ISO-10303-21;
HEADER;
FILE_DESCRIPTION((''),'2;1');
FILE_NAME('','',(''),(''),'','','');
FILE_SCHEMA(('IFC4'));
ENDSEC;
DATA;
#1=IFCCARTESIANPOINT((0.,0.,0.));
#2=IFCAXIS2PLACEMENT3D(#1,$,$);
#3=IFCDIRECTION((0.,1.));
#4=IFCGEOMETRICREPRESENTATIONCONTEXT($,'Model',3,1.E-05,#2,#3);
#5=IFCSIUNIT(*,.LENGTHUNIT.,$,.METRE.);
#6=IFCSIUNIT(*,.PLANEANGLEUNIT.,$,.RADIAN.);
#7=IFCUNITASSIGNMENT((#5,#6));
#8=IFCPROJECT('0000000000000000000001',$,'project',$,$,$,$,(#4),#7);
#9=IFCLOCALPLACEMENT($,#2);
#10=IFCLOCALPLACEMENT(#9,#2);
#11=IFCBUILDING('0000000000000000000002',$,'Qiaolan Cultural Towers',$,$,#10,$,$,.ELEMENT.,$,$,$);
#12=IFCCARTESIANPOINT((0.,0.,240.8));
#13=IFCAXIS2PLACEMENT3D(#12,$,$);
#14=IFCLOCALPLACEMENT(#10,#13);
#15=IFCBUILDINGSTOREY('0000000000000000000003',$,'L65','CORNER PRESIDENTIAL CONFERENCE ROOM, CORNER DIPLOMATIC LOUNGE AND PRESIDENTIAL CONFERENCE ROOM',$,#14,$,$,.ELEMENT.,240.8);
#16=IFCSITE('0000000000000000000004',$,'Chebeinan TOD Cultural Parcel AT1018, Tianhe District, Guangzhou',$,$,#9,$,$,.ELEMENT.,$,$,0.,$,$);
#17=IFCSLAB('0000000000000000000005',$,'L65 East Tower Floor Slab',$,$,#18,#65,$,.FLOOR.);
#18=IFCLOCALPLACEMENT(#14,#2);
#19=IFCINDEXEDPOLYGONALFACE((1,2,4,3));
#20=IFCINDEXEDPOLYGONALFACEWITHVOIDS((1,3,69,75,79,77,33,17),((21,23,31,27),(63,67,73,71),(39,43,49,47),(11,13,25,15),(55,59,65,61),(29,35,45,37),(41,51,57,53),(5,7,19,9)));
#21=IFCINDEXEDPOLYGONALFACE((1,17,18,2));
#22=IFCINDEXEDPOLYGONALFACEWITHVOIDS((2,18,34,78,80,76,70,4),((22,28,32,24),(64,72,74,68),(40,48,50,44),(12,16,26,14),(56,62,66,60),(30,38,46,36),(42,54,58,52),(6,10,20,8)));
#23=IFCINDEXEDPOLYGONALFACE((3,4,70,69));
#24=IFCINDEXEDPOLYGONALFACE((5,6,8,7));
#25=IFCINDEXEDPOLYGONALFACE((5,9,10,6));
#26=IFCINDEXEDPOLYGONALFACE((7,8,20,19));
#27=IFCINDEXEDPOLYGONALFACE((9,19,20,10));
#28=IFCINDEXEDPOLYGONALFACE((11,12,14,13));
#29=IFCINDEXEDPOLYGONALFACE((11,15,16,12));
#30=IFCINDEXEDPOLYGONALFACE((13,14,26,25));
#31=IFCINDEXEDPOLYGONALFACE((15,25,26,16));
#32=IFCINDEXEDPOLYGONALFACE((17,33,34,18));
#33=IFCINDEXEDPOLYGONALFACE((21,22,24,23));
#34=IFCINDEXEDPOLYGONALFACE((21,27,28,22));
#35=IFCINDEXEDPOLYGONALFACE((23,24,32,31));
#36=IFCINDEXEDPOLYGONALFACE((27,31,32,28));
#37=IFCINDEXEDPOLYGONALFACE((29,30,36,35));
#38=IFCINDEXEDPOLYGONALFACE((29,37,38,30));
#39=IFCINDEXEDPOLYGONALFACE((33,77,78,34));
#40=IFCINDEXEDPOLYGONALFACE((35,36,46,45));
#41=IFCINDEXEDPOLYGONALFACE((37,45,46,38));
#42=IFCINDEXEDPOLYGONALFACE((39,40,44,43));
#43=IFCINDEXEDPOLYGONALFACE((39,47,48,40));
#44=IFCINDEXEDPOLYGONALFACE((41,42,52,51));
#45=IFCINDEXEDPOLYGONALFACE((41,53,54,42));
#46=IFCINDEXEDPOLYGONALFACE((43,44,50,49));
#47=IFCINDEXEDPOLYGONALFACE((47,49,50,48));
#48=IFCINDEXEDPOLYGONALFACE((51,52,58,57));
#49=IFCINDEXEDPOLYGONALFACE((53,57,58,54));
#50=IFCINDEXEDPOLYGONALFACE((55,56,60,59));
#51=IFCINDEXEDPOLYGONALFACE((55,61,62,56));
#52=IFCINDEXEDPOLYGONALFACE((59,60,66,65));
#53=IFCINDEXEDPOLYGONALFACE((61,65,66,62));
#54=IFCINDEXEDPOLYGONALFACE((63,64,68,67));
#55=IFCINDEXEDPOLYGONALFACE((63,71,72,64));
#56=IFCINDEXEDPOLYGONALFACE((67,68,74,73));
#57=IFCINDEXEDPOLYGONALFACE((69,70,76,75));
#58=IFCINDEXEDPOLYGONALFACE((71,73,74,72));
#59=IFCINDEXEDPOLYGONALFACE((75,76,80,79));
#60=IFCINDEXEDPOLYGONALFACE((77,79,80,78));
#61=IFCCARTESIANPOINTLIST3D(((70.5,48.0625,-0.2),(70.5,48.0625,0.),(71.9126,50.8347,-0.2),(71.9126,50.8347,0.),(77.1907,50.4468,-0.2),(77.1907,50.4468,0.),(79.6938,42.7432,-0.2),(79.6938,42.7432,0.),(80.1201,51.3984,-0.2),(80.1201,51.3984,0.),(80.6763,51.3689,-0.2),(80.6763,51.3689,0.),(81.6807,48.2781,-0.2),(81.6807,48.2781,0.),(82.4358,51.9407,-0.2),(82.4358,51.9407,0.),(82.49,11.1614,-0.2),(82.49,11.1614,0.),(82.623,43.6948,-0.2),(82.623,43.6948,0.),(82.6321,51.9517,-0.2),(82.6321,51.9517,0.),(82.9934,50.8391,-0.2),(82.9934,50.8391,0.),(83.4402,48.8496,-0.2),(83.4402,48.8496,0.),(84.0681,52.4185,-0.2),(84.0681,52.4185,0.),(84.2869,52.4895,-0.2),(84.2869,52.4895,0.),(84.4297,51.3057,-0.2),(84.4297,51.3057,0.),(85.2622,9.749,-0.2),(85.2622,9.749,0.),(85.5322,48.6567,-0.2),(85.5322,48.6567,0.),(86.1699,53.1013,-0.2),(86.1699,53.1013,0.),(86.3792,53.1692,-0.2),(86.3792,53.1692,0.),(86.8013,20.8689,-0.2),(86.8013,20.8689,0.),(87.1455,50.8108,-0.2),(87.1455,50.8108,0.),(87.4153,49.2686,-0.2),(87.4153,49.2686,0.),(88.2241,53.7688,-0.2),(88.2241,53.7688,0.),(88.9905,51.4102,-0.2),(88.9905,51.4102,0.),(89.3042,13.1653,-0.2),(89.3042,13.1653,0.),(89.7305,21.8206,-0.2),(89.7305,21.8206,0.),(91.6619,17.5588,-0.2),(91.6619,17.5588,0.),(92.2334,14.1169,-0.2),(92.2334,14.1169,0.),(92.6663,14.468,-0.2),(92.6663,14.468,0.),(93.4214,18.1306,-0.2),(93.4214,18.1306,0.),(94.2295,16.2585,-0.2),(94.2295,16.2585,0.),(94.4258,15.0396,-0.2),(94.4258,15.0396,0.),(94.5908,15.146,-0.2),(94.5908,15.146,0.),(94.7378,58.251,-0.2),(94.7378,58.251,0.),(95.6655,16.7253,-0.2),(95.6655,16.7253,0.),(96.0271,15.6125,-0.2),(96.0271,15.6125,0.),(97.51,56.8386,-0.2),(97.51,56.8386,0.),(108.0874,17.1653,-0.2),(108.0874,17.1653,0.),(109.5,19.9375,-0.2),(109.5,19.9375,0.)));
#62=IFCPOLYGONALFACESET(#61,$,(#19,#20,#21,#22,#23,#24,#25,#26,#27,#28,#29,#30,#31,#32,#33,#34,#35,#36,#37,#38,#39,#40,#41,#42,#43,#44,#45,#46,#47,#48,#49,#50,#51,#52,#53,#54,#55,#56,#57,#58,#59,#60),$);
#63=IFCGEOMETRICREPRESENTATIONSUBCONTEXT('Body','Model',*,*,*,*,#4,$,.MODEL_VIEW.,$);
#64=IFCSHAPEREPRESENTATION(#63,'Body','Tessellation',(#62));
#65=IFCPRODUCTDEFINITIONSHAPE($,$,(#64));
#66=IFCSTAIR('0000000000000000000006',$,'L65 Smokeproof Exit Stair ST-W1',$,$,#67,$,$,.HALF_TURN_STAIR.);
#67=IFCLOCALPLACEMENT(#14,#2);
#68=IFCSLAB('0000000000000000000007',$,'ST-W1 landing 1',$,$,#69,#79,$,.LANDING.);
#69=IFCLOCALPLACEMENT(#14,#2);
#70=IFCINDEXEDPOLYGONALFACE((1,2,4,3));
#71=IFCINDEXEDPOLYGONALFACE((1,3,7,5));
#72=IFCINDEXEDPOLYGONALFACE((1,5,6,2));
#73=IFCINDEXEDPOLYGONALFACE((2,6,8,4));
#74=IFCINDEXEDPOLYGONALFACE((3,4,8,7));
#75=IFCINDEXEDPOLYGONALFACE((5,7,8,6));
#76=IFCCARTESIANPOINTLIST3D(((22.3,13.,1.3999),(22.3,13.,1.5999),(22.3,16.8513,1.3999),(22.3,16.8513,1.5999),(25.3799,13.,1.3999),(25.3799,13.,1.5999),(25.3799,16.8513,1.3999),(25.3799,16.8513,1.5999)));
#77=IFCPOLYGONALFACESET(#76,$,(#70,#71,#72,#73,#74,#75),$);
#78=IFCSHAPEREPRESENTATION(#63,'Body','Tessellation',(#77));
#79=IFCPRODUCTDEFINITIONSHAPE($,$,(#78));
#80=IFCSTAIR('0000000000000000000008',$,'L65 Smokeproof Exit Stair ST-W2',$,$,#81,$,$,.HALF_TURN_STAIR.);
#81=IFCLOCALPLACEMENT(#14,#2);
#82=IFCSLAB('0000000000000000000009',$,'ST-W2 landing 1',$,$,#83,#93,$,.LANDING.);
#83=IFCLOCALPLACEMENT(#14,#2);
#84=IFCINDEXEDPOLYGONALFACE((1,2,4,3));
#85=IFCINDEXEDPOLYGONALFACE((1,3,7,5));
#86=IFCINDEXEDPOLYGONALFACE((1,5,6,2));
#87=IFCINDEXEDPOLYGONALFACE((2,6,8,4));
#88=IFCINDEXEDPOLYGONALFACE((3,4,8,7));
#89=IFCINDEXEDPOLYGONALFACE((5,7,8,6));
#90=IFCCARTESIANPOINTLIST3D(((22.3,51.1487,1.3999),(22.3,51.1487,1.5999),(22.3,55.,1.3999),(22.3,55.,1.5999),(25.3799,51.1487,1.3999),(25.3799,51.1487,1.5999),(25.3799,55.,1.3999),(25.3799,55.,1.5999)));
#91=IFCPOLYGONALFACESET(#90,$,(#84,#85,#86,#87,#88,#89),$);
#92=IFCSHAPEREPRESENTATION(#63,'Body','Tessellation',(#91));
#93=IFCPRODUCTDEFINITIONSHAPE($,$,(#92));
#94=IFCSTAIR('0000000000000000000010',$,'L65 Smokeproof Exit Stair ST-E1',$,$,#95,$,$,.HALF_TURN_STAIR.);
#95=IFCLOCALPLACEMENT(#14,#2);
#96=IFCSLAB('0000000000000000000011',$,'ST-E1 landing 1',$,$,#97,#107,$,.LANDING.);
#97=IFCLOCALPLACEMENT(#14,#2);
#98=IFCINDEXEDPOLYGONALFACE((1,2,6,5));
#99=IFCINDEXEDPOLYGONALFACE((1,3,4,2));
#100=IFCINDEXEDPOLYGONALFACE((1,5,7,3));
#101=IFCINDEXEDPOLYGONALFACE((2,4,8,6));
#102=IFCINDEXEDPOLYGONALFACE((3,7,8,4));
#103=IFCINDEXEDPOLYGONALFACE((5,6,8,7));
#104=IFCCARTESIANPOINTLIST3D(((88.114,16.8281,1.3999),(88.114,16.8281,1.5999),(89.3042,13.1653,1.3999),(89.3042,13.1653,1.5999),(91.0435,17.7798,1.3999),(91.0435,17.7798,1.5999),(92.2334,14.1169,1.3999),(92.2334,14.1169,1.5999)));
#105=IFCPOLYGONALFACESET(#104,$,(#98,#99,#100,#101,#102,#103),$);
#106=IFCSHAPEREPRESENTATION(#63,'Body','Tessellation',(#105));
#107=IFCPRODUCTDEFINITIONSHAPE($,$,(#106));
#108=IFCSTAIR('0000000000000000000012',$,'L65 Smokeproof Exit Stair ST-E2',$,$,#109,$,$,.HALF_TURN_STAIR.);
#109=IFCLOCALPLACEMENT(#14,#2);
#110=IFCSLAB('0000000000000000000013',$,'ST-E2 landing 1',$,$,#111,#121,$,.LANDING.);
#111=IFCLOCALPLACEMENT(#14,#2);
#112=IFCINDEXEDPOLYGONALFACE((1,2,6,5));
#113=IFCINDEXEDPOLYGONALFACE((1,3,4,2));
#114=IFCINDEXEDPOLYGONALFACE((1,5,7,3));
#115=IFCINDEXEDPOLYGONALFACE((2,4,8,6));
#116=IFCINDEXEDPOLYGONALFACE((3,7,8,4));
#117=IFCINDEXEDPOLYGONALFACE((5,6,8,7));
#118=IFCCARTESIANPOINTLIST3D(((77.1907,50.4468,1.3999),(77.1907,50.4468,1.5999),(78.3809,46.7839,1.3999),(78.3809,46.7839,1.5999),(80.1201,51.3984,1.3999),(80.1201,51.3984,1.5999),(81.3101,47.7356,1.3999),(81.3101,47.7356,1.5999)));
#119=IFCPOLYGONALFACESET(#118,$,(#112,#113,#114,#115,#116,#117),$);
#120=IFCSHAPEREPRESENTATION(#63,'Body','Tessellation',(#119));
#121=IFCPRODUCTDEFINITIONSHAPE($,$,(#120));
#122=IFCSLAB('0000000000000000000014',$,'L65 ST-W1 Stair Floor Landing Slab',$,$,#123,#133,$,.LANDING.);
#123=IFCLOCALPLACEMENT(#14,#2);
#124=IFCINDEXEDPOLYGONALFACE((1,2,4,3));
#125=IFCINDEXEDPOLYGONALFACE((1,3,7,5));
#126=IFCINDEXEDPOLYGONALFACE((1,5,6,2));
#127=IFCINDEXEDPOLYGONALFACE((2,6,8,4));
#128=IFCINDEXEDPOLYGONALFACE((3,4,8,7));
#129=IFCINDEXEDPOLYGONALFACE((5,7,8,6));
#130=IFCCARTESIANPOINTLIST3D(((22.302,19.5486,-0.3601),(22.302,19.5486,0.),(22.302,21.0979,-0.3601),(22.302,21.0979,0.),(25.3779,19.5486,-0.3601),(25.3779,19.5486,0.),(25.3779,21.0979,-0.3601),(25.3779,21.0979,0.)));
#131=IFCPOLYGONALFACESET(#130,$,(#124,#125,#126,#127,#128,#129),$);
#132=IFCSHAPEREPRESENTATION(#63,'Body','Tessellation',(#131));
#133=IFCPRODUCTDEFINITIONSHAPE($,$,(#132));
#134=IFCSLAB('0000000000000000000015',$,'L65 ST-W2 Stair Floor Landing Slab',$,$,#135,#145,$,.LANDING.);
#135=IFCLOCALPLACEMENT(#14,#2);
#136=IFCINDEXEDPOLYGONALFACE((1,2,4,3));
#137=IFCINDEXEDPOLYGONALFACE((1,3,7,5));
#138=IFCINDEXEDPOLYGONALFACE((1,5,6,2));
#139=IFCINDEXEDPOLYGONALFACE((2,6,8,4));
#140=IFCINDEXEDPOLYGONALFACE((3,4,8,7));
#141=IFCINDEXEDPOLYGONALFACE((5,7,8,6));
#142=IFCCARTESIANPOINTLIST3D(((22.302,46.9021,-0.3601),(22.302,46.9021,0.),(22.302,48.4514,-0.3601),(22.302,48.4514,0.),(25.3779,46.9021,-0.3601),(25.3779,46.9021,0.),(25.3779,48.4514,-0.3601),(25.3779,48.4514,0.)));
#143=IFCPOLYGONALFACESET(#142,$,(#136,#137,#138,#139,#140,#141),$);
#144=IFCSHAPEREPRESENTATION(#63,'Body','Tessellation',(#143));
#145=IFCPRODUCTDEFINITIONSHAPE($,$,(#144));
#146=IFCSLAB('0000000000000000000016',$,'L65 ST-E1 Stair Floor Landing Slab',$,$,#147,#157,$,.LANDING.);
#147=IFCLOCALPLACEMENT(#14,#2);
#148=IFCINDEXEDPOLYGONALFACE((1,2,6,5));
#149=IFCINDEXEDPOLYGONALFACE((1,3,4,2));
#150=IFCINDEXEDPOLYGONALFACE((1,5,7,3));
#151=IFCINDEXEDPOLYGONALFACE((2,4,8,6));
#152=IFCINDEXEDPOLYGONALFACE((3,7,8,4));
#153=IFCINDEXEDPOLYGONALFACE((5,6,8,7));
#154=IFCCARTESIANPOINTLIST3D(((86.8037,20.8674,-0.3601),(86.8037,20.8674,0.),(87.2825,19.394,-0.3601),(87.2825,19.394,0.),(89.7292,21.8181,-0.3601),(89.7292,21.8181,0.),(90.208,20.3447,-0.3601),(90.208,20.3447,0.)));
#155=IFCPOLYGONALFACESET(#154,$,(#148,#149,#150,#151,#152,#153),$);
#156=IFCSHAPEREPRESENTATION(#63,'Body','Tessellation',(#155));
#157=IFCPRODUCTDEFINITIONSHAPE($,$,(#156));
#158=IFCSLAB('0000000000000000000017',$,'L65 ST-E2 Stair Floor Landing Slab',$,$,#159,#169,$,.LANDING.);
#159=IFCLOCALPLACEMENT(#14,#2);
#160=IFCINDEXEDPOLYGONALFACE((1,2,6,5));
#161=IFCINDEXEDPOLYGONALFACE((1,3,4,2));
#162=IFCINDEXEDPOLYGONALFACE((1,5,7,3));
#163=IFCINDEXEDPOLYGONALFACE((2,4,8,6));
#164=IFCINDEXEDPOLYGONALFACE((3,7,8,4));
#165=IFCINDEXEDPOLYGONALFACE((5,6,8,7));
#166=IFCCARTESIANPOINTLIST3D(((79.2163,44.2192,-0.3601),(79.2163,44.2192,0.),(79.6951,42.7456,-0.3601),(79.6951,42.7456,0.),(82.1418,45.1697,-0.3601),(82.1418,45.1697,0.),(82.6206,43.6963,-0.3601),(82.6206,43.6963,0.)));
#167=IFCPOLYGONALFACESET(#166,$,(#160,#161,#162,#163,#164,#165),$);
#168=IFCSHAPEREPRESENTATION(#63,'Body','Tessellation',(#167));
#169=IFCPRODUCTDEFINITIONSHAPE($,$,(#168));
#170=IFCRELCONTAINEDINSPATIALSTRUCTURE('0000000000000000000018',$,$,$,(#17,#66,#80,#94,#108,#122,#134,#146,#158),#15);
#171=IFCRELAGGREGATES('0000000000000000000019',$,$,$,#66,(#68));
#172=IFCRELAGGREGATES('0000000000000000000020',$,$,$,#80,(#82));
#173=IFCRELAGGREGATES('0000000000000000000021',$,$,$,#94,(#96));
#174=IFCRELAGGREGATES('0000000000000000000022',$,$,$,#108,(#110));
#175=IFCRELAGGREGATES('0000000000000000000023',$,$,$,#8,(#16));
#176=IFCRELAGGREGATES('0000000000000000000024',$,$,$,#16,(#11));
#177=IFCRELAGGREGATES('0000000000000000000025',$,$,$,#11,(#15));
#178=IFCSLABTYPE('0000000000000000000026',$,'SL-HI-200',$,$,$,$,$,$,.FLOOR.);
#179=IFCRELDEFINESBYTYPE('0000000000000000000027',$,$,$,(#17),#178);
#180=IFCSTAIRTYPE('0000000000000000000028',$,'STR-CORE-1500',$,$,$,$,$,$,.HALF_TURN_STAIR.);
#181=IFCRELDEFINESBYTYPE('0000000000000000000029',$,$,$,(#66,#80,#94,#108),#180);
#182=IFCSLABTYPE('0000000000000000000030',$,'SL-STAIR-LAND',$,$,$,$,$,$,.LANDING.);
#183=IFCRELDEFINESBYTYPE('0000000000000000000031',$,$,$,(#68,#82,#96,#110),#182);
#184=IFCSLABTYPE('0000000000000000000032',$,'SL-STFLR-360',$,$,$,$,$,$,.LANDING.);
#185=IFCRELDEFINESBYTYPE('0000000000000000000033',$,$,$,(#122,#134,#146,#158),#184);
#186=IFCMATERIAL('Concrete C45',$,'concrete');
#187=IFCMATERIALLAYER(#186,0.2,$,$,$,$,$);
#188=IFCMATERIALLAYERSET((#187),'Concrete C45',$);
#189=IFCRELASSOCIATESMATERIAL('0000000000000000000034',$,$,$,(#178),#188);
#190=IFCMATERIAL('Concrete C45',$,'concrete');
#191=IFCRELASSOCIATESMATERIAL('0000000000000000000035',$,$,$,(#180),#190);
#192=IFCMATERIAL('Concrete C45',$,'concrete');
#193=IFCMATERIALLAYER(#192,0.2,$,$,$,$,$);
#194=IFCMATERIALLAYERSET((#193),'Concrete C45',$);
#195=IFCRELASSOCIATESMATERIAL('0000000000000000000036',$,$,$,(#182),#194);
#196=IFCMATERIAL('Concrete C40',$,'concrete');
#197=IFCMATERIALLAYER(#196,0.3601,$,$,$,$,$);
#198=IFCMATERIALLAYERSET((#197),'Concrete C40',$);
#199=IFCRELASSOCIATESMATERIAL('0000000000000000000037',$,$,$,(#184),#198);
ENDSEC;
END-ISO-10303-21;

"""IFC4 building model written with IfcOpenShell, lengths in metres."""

from ifc_helpers import new_model, si_unit, direction, frame, origin, place, context, subcontext, project, spatial, polyline, outline, extrude, material, layer, layer_set, type_object, element, aggregate, save


model = new_model("IFC4")

# Units and contexts
model_context = context("Model", 3, precision=1e-05, world=origin(), true_north=direction((0.0, 1.0)))
body_context = subcontext(model_context, "Body", "Model", "MODEL_VIEW")
ifc_project = project(units=[si_unit("LENGTHUNIT", "METRE"), si_unit("PLANEANGLEUNIT", "RADIAN")], contexts=[model_context])

# Site, building, storey
site_placement = place(None, origin())
site = spatial("IfcSite", under=ifc_project, at=site_placement, Name="Chebeinan TOD Cultural Parcel AT1018, Tianhe District, Guangzhou", CompositionType="ELEMENT", RefElevation=0.0)
building_placement = place(site_placement, origin())
building = spatial("IfcBuilding", under=site, at=building_placement, Name="Qiaolan Cultural Towers", CompositionType="ELEMENT")
storey_placement = place(building_placement, frame((0.0, 0.0, 240.8)))
storey = spatial("IfcBuildingStorey", under=building, at=storey_placement, Name="L65", Description="CORNER PRESIDENTIAL CONFERENCE ROOM, CORNER DIPLOMATIC LOUNGE AND PRESIDENTIAL CONFERENCE ROOM", CompositionType="ELEMENT", Elevation=240.8)

# Slab
ifc_material_1 = material(Name="Concrete C45", Category="concrete")
ifc_layer_1 = layer(ifc_material_1, 0.2)
ifc_layer_set_1 = layer_set([ifc_layer_1], Name="Concrete C45")
slab_type_1 = type_object("IfcSlabType", Name="SL-HI-200", PredefinedType="FLOOR", material=ifc_layer_set_1)
slab_1_placement = place(storey_placement, frame((0.0, 0.0, -0.2)))
element("IfcSlab", 1, at=slab_1_placement, inside=storey, type_object=slab_type_1, Name="L65 East Tower Floor Slab", PredefinedType="FLOOR", context=body_context, shape_type="SweptSolid", body=[
    extrude(outline(polyline([(85.2622, 9.749), (108.0874, 17.1653), (109.5, 19.9375), (97.51, 56.8386), (94.7378, 58.251), (71.9126, 50.8347), (70.5, 48.0625), (82.49, 11.1614), (85.2622, 9.749)]), holes=[polyline([(86.8013, 20.8689), (89.3042, 13.1653), (92.2334, 14.1169), (89.7305, 21.8206), (86.8013, 20.8689)]), polyline([(82.623, 43.6948), (80.1201, 51.3984), (77.1907, 50.4468), (79.6938, 42.7432), (82.623, 43.6948)]), polyline([(92.6663, 14.468), (94.4258, 15.0396), (93.4214, 18.1306), (91.6619, 17.5588), (92.6663, 14.468)]), polyline([(94.5908, 15.146), (96.0271, 15.6125), (95.6655, 16.7253), (94.2295, 16.2585), (94.5908, 15.146)]), polyline([(81.6807, 48.2781), (83.4402, 48.8496), (82.4358, 51.9407), (80.6763, 51.3689), (81.6807, 48.2781)]), polyline([(82.9934, 50.8391), (84.4297, 51.3057), (84.0681, 52.4185), (82.6321, 51.9517), (82.9934, 50.8391)]), polyline([(87.1455, 50.8108), (88.9905, 51.4102), (88.2241, 53.7688), (86.3792, 53.1692), (87.1455, 50.8108)]), polyline([(85.5322, 48.6567), (87.4153, 49.2686), (86.1699, 53.1013), (84.2869, 52.4895), (85.5322, 48.6567)])]), origin(), (0.0, 0.0, 1.0), 0.2),
])

# Stairs, slabs
ifc_material_2 = material(Name="Concrete C45", Category="concrete")
stair_type = type_object("IfcStairType", Name="STR-CORE-1500", PredefinedType="HALF_TURN_STAIR", material=ifc_material_2)
stair_1_placement = place(storey_placement, origin())
stair_1 = element("IfcStair", 2, at=stair_1_placement, inside=storey, type_object=stair_type, Name="L65 Smokeproof Exit Stair ST-W1", PredefinedType="HALF_TURN_STAIR")
ifc_material_3 = material(Name="Concrete C45", Category="concrete")
ifc_layer_2 = layer(ifc_material_3, 0.2)
ifc_layer_set_2 = layer_set([ifc_layer_2], Name="Concrete C45")
slab_type_2 = type_object("IfcSlabType", Name="SL-STAIR-LAND", PredefinedType="LANDING", material=ifc_layer_set_2)
slab_2_placement = place(storey_placement, frame((0.0, 0.0, 1.3999)))
slab_2 = element("IfcSlab", 3, at=slab_2_placement, type_object=slab_type_2, Name="ST-W1 landing 1", PredefinedType="LANDING", context=body_context, shape_type="SweptSolid", body=[
    extrude(outline(polyline([(22.3, 16.8513), (22.3, 13.0), (25.3799, 13.0), (25.3799, 16.8513), (22.3, 16.8513)])), origin(), (0.0, 0.0, 1.0), 0.2),
])
aggregate(stair_1, [slab_2])
stair_2_placement = place(storey_placement, origin())
stair_2 = element("IfcStair", 4, at=stair_2_placement, inside=storey, type_object=stair_type, Name="L65 Smokeproof Exit Stair ST-W2", PredefinedType="HALF_TURN_STAIR")
slab_3_placement = place(storey_placement, frame((0.0, 0.0, 1.3999)))
slab_3 = element("IfcSlab", 5, at=slab_3_placement, type_object=slab_type_2, Name="ST-W2 landing 1", PredefinedType="LANDING", context=body_context, shape_type="SweptSolid", body=[
    extrude(outline(polyline([(25.3799, 51.1487), (25.3799, 55.0), (22.3, 55.0), (22.3, 51.1487), (25.3799, 51.1487)])), origin(), (0.0, 0.0, 1.0), 0.2),
])
aggregate(stair_2, [slab_3])
stair_3_placement = place(storey_placement, origin())
stair_3 = element("IfcStair", 6, at=stair_3_placement, inside=storey, type_object=stair_type, Name="L65 Smokeproof Exit Stair ST-E1", PredefinedType="HALF_TURN_STAIR")
slab_4_placement = place(storey_placement, frame((0.0, 0.0, 1.3999)))
slab_4 = element("IfcSlab", 7, at=slab_4_placement, type_object=slab_type_2, Name="ST-E1 landing 1", PredefinedType="LANDING", context=body_context, shape_type="SweptSolid", body=[
    extrude(outline(polyline([(88.114, 16.8281), (89.3042, 13.1653), (92.2334, 14.1169), (91.0435, 17.7798), (88.114, 16.8281)])), origin(), (0.0, 0.0, 1.0), 0.2),
])
aggregate(stair_3, [slab_4])
stair_4_placement = place(storey_placement, origin())
stair_4 = element("IfcStair", 8, at=stair_4_placement, inside=storey, type_object=stair_type, Name="L65 Smokeproof Exit Stair ST-E2", PredefinedType="HALF_TURN_STAIR")
slab_5_placement = place(storey_placement, frame((0.0, 0.0, 1.3999)))
slab_5 = element("IfcSlab", 9, at=slab_5_placement, type_object=slab_type_2, Name="ST-E2 landing 1", PredefinedType="LANDING", context=body_context, shape_type="SweptSolid", body=[
    extrude(outline(polyline([(81.3101, 47.7356), (80.1201, 51.3984), (77.1907, 50.4468), (78.3809, 46.7839), (81.3101, 47.7356)])), origin(), (0.0, 0.0, 1.0), 0.2),
])
aggregate(stair_4, [slab_5])

# Slabs
ifc_material_4 = material(Name="Concrete C40", Category="concrete")
ifc_layer_3 = layer(ifc_material_4, 0.3601)
ifc_layer_set_3 = layer_set([ifc_layer_3], Name="Concrete C40")
slab_type_3 = type_object("IfcSlabType", Name="SL-STFLR-360", PredefinedType="LANDING", material=ifc_layer_set_3)
slab_6_placement = place(storey_placement, frame((0.0, 0.0, -0.3601)))
element("IfcSlab", 10, at=slab_6_placement, inside=storey, type_object=slab_type_3, Name="L65 ST-W1 Stair Floor Landing Slab", PredefinedType="LANDING", context=body_context, shape_type="SweptSolid", body=[
    extrude(outline(polyline([(22.302, 21.0979), (22.302, 19.5486), (25.3779, 19.5486), (25.3779, 21.0979), (22.302, 21.0979)])), origin(), (0.0, 0.0, 1.0), 0.3601),
])
slab_7_placement = place(storey_placement, frame((0.0, 0.0, -0.3601)))
element("IfcSlab", 11, at=slab_7_placement, inside=storey, type_object=slab_type_3, Name="L65 ST-W2 Stair Floor Landing Slab", PredefinedType="LANDING", context=body_context, shape_type="SweptSolid", body=[
    extrude(outline(polyline([(25.3779, 46.9021), (25.3779, 48.4514), (22.302, 48.4514), (22.302, 46.9021), (25.3779, 46.9021)])), origin(), (0.0, 0.0, 1.0), 0.3601),
])
slab_8_placement = place(storey_placement, frame((0.0, 0.0, -0.3601)))
element("IfcSlab", 12, at=slab_8_placement, inside=storey, type_object=slab_type_3, Name="L65 ST-E1 Stair Floor Landing Slab", PredefinedType="LANDING", context=body_context, shape_type="SweptSolid", body=[
    extrude(outline(polyline([(86.8037, 20.8674), (87.2825, 19.394), (90.208, 20.3447), (89.7292, 21.8181), (86.8037, 20.8674)])), origin(), (0.0, 0.0, 1.0), 0.3601),
])
slab_9_placement = place(storey_placement, frame((0.0, 0.0, -0.3601)))
element("IfcSlab", 13, at=slab_9_placement, inside=storey, type_object=slab_type_3, Name="L65 ST-E2 Stair Floor Landing Slab", PredefinedType="LANDING", context=body_context, shape_type="SweptSolid", body=[
    extrude(outline(polyline([(82.6206, 43.6963), (82.1418, 45.1697), (79.2163, 44.2192), (79.6951, 42.7456), (82.6206, 43.6963)])), origin(), (0.0, 0.0, 1.0), 0.3601),
])

save(model, "model.ifc")
